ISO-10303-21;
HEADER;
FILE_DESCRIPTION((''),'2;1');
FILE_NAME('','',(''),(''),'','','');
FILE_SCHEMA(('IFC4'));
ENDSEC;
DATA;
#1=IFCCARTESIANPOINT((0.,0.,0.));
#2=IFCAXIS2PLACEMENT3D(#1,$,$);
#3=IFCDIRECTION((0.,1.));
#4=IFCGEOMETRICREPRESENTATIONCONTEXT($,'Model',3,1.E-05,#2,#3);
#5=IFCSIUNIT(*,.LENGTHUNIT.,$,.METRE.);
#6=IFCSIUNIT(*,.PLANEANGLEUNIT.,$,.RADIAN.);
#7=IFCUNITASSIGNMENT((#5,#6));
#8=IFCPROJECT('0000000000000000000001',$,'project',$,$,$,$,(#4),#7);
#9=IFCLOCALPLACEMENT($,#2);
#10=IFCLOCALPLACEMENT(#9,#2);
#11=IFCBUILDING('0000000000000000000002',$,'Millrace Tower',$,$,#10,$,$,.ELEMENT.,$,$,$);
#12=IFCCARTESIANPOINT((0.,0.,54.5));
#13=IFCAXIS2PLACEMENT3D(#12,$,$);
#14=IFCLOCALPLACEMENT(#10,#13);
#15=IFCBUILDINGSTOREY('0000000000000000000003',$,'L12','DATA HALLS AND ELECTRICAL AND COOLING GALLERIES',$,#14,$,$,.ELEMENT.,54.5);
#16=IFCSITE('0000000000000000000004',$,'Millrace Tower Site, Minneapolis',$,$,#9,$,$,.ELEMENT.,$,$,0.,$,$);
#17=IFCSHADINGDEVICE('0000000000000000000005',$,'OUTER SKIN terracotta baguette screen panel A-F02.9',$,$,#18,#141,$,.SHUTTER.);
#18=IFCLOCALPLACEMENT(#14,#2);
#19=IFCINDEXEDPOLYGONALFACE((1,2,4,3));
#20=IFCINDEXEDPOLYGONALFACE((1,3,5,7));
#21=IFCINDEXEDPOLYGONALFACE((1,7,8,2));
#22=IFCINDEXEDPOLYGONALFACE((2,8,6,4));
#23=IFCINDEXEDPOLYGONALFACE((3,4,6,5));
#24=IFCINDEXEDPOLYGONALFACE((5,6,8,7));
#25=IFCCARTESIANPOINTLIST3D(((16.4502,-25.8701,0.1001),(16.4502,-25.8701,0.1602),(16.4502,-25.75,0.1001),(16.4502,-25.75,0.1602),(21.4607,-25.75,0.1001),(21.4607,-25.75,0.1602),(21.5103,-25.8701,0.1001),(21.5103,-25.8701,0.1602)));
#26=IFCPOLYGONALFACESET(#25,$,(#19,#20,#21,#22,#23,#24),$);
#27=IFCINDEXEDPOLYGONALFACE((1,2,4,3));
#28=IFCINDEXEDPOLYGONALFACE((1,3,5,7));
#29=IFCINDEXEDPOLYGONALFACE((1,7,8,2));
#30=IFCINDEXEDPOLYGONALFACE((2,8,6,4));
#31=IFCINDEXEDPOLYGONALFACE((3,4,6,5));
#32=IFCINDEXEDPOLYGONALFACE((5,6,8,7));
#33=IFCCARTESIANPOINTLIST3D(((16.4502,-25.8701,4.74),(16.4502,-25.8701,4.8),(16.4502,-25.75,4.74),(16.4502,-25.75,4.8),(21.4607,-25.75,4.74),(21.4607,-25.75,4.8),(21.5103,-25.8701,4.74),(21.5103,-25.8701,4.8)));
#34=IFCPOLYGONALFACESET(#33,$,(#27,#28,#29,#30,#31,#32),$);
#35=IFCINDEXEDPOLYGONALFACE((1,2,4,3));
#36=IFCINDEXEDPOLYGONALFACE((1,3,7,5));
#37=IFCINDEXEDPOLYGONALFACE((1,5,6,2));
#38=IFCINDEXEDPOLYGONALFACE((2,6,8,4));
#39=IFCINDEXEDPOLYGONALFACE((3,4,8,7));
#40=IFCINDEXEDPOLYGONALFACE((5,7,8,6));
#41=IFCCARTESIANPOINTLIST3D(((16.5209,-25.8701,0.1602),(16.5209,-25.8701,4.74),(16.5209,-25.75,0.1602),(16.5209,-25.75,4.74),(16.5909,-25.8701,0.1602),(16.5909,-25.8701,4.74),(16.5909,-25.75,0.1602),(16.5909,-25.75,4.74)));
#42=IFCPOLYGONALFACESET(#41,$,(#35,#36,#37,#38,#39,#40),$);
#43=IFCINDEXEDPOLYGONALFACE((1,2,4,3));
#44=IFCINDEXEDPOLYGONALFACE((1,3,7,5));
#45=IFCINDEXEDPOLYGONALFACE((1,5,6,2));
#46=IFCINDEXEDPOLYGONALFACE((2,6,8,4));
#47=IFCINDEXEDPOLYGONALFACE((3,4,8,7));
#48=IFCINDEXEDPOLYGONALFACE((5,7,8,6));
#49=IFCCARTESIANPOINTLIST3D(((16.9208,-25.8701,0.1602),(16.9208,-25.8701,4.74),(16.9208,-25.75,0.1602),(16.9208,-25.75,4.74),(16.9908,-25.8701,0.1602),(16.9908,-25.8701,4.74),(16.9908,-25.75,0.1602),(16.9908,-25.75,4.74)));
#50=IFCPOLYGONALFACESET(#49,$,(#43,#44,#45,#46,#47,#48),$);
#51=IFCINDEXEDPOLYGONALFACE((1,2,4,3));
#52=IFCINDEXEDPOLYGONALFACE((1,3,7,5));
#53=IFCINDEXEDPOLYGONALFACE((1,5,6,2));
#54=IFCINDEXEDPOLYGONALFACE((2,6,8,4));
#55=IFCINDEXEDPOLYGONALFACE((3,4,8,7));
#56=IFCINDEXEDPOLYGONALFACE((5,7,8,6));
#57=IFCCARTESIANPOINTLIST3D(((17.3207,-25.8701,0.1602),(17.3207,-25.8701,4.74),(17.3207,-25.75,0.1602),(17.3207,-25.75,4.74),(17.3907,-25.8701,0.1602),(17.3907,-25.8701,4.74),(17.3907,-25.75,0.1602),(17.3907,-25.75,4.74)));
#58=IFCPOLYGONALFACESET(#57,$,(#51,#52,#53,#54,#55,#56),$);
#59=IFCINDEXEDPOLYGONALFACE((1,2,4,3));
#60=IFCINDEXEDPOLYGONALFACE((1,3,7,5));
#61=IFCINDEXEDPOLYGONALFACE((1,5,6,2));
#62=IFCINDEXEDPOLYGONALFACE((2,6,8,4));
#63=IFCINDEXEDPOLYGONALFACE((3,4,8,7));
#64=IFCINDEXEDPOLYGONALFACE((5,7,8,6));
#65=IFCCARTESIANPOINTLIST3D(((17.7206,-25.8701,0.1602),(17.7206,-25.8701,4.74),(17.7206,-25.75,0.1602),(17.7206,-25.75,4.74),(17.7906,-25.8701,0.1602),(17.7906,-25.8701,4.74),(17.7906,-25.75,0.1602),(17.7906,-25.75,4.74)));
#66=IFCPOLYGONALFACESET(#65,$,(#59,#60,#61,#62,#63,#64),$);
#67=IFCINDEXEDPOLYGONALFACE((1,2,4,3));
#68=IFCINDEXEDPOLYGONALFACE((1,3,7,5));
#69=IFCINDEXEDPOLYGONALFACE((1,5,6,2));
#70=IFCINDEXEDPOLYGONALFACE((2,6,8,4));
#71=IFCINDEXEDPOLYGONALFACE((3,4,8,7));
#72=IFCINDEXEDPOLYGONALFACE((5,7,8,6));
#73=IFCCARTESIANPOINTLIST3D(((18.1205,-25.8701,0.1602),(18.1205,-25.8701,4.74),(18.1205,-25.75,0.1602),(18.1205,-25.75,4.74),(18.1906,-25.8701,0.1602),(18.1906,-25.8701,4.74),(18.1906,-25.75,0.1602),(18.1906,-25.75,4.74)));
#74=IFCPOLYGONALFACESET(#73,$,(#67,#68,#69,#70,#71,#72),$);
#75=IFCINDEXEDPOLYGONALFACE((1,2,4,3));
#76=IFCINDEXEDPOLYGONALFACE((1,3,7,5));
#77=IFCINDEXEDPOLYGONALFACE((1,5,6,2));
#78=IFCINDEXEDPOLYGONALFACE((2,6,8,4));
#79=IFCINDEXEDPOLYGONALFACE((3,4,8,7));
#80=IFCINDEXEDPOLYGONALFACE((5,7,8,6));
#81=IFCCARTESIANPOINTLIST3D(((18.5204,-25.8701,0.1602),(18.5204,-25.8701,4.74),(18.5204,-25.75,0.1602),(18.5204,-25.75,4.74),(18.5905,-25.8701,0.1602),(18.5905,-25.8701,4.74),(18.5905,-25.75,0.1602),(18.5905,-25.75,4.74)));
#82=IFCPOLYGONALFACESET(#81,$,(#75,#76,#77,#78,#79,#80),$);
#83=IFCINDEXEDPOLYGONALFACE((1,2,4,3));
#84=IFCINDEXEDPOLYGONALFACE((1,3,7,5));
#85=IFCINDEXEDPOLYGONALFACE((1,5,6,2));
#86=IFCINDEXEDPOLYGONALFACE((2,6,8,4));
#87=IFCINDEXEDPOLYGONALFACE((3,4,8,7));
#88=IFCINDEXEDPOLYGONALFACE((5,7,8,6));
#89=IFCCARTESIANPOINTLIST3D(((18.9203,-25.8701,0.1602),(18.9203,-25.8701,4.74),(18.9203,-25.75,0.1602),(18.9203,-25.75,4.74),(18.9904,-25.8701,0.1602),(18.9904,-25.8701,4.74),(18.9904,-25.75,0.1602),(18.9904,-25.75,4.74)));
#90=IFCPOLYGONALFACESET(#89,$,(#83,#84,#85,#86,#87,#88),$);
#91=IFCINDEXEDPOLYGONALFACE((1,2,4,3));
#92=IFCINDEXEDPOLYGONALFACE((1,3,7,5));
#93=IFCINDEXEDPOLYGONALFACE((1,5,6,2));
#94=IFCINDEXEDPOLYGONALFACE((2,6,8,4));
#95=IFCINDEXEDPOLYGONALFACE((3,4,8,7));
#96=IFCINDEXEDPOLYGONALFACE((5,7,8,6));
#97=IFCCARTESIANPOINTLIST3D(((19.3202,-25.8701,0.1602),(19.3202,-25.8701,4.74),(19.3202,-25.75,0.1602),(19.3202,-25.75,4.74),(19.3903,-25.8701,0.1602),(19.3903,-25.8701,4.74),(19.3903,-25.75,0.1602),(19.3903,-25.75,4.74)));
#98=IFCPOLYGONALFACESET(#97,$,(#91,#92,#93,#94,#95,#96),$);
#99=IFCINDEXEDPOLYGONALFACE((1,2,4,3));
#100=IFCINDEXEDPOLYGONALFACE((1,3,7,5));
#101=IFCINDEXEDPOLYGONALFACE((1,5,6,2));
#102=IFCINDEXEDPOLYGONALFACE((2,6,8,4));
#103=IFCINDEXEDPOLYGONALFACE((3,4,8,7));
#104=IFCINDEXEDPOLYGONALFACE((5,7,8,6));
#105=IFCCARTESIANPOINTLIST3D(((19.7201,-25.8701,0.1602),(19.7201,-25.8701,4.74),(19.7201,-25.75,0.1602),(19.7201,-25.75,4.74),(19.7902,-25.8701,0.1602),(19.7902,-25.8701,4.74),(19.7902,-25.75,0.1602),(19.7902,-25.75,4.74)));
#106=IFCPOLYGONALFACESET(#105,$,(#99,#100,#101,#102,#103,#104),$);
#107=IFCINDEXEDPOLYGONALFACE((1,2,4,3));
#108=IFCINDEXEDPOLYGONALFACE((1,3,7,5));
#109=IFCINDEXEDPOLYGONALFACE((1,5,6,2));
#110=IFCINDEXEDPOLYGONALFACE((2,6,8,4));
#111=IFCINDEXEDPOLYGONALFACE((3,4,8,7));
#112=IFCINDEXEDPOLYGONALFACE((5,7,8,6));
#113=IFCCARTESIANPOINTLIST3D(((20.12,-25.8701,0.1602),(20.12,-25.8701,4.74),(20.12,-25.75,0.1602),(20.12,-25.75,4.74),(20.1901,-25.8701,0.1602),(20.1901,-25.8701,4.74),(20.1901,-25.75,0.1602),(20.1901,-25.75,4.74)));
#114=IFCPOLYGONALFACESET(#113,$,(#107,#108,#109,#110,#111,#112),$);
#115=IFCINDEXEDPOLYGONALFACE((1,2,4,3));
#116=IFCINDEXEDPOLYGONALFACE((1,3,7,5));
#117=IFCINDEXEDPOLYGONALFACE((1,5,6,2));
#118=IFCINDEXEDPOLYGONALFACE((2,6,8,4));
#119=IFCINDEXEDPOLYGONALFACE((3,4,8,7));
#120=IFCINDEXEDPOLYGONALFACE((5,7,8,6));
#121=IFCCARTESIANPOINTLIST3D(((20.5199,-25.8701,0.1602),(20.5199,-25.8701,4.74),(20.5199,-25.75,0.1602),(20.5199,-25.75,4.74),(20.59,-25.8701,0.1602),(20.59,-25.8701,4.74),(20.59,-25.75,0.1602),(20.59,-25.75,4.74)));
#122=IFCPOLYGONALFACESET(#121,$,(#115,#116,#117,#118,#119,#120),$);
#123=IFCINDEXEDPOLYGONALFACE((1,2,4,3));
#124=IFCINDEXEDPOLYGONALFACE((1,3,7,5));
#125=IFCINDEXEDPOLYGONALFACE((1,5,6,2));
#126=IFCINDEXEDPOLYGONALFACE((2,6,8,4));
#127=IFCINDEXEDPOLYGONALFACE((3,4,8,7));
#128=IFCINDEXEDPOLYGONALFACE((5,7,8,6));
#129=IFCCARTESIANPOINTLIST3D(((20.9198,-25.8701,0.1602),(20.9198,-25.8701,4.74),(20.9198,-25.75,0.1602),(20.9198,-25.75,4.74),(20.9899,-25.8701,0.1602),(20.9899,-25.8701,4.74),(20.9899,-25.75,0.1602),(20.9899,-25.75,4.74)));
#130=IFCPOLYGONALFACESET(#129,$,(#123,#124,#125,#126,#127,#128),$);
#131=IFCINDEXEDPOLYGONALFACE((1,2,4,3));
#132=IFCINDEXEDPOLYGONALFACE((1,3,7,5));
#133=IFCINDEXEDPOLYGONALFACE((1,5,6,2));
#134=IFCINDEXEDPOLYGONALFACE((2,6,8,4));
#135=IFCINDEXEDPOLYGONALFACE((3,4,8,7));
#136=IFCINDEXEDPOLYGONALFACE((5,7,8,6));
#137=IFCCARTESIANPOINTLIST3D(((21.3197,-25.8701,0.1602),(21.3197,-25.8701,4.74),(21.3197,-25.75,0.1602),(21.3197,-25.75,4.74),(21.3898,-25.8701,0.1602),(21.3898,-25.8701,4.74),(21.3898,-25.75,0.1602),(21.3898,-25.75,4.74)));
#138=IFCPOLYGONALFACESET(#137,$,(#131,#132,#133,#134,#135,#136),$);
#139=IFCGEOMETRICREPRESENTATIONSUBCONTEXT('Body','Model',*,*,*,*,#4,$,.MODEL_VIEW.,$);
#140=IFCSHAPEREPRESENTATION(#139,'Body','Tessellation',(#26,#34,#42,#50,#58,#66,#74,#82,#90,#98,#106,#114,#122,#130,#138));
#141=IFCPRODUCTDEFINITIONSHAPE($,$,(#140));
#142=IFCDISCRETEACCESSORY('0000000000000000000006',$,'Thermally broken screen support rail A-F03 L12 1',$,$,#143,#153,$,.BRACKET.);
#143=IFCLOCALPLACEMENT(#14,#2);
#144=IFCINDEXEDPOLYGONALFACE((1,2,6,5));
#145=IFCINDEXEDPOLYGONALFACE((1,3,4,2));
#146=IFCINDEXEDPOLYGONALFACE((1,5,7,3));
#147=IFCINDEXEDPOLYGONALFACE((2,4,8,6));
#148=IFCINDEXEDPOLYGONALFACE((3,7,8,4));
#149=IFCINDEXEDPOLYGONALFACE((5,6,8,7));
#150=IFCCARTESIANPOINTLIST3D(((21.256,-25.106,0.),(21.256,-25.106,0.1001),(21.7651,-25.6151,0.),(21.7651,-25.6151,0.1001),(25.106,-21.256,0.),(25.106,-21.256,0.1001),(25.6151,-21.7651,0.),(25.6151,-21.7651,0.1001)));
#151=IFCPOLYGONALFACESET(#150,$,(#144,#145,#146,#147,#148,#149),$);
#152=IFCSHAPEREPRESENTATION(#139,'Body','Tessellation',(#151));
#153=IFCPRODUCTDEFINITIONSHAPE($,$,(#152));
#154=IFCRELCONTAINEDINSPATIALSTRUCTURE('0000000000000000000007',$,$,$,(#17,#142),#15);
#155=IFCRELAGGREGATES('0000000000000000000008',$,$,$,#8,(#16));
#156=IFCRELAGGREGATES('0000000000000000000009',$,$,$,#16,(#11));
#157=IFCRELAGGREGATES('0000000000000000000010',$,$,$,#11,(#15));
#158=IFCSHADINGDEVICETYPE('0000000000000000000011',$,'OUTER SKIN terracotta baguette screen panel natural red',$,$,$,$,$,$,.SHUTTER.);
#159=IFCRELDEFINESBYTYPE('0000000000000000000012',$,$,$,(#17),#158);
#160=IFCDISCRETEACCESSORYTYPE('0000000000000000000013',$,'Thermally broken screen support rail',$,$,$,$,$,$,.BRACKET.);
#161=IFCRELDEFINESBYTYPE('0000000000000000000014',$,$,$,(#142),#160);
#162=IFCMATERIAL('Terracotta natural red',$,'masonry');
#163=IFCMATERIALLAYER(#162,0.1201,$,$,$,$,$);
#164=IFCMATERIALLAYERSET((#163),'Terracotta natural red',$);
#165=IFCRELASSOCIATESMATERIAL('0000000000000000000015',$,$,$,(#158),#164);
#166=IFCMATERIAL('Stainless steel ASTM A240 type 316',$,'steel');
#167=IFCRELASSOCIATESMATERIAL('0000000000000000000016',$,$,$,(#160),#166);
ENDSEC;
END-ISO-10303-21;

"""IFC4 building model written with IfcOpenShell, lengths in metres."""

from ifc_helpers import new_model, entity, si_unit, direction, frame, frame_2d, origin, origin_2d, place, context, subcontext, project, spatial, rectangle, extrude, source, transform, mapped, material, layer, layer_set, type_object, element, save


model = new_model("IFC4")

# Units and contexts
model_context = context("Model", 3, precision=1e-05, world=origin(), true_north=direction((0.0, 1.0)))
body_context = subcontext(model_context, "Body", "Model", "MODEL_VIEW")
ifc_project = project(units=[si_unit("LENGTHUNIT", "METRE"), si_unit("PLANEANGLEUNIT", "RADIAN")], contexts=[model_context])

# Site, building, storey
site_placement = place(None, origin())
site = spatial("IfcSite", under=ifc_project, at=site_placement, Name="Millrace Tower Site, Minneapolis", CompositionType="ELEMENT", RefElevation=0.0)
building_placement = place(site_placement, origin())
building = spatial("IfcBuilding", under=site, at=building_placement, Name="Millrace Tower", CompositionType="ELEMENT")
storey_placement = place(building_placement, frame((0.0, 0.0, 54.5)))
storey = spatial("IfcBuildingStorey", under=building, at=storey_placement, Name="L12", Description="DATA HALLS AND ELECTRICAL AND COOLING GALLERIES", CompositionType="ELEMENT", Elevation=54.5)

# Shading device
ifc_material_1 = material(Name="Terracotta natural red", Category="masonry")
ifc_layer_1 = layer(ifc_material_1, 0.1201)
ifc_layer_set_1 = layer_set([ifc_layer_1], Name="Terracotta natural red")
shading_device_type_1 = type_object("IfcShadingDeviceType", Name="OUTER SKIN terracotta baguette screen panel natural red", PredefinedType="SHUTTER", material=ifc_layer_set_1)
cartesian_point_1 = entity("IfcCartesianPoint", [-2.5176, 0.0601])
shared_polyline_1 = entity("IfcPolyline", [cartesian_point_1, entity("IfcCartesianPoint", [2.4929, 0.0601]), entity("IfcCartesianPoint", [2.5425, -0.0601]), entity("IfcCartesianPoint", [-2.5176, -0.0601]), cartesian_point_1])
shared_shape_1 = source(origin(), body_context, "Body", "SweptSolid", [
    entity("IfcExtrudedAreaSolid", entity("IfcArbitraryClosedProfileDef", "AREA", None, shared_polyline_1), entity("IfcAxis2Placement3D", entity("IfcCartesianPoint", [0.0, 0.0, 0.0])), entity("IfcDirection", [0.0, 0.0, 1.0]), 0.0601),
    entity("IfcExtrudedAreaSolid", entity("IfcArbitraryClosedProfileDef", "AREA", None, shared_polyline_1), entity("IfcAxis2Placement3D", entity("IfcCartesianPoint", [0.0, 0.0, 4.6399])), entity("IfcDirection", [0.0, 0.0, 1.0]), 0.0601),
    extrude(rectangle(XDim=0.0701, YDim=0.1201, at=frame_2d((-2.4119, 0.0))), frame((0.0, 0.0, 0.0601)), (0.0, 0.0, 1.0), 4.5798),
    extrude(rectangle(XDim=0.0701, YDim=0.1201, at=frame_2d((-2.012, 0.0))), frame((0.0, 0.0, 0.0601)), (0.0, 0.0, 1.0), 4.5798),
    extrude(rectangle(XDim=0.0701, YDim=0.1201, at=frame_2d((-1.6121, 0.0))), frame((0.0, 0.0, 0.0601)), (0.0, 0.0, 1.0), 4.5798),
    extrude(rectangle(XDim=0.0701, YDim=0.1201, at=frame_2d((-1.2122, 0.0))), frame((0.0, 0.0, 0.0601)), (0.0, 0.0, 1.0), 4.5798),
    extrude(rectangle(XDim=0.0701, YDim=0.1201, at=frame_2d((-0.8123, 0.0))), frame((0.0, 0.0, 0.0601)), (0.0, 0.0, 1.0), 4.5798),
    extrude(rectangle(XDim=0.0701, YDim=0.1201, at=frame_2d((-0.4124, 0.0))), frame((0.0, 0.0, 0.0601)), (0.0, 0.0, 1.0), 4.5798),
    extrude(rectangle(XDim=0.0701, YDim=0.1201, at=frame_2d((-0.0125, 0.0))), frame((0.0, 0.0, 0.0601)), (0.0, 0.0, 1.0), 4.5798),
    extrude(rectangle(XDim=0.0701, YDim=0.1201, at=frame_2d((0.3875, 0.0))), frame((0.0, 0.0, 0.0601)), (0.0, 0.0, 1.0), 4.5798),
    extrude(rectangle(XDim=0.0701, YDim=0.1201, at=frame_2d((0.7874, 0.0))), frame((0.0, 0.0, 0.0601)), (0.0, 0.0, 1.0), 4.5798),
    extrude(rectangle(XDim=0.0701, YDim=0.1201, at=frame_2d((1.1873, 0.0))), frame((0.0, 0.0, 0.0601)), (0.0, 0.0, 1.0), 4.5798),
    extrude(rectangle(XDim=0.0701, YDim=0.1201, at=frame_2d((1.5872, 0.0))), frame((0.0, 0.0, 0.0601)), (0.0, 0.0, 1.0), 4.5798),
    extrude(rectangle(XDim=0.0701, YDim=0.1201, at=frame_2d((1.9871, 0.0))), frame((0.0, 0.0, 0.0601)), (0.0, 0.0, 1.0), 4.5798),
    extrude(rectangle(XDim=0.0701, YDim=0.1201, at=frame_2d((2.387, 0.0))), frame((0.0, 0.0, 0.0601)), (0.0, 0.0, 1.0), 4.5798),
])
shading_device_1_placement = place(storey_placement, frame((18.9678, -25.8101, 0.1001), z_axis=(0.0, 0.0, 1.0), x_axis=(1.0, 0.0, 0.0)))
element("IfcShadingDevice", 1, at=shading_device_1_placement, inside=storey, type_object=shading_device_type_1, Name="OUTER SKIN terracotta baguette screen panel A-F02.9", PredefinedType="SHUTTER", context=body_context, shape_type="MappedRepresentation", body=[
    mapped(shared_shape_1, transform((0.0, 0.0, 0.0), scale=1.0)),
])

# Discrete accessory
ifc_material_2 = material(Name="Stainless steel ASTM A240 type 316", Category="steel")
discrete_accessory_type = type_object("IfcDiscreteAccessoryType", Name="Thermally broken screen support rail", PredefinedType="BRACKET", material=ifc_material_2)
discrete_accessory_placement = place(storey_placement, frame((23.4355, -23.4355, 0.0), z_axis=(0.0, 0.0, 1.0), x_axis=(0.707107, 0.707107, 0.0)))
element("IfcDiscreteAccessory", 2, at=discrete_accessory_placement, inside=storey, type_object=discrete_accessory_type, Name="Thermally broken screen support rail A-F03 L12 1", PredefinedType="BRACKET", context=body_context, shape_type="SweptSolid", body=[
    extrude(rectangle(XDim=5.4448, YDim=0.72, at=origin_2d()), origin(), (0.0, 0.0, 1.0), 0.1001),
])

save(model, "model.ifc")
